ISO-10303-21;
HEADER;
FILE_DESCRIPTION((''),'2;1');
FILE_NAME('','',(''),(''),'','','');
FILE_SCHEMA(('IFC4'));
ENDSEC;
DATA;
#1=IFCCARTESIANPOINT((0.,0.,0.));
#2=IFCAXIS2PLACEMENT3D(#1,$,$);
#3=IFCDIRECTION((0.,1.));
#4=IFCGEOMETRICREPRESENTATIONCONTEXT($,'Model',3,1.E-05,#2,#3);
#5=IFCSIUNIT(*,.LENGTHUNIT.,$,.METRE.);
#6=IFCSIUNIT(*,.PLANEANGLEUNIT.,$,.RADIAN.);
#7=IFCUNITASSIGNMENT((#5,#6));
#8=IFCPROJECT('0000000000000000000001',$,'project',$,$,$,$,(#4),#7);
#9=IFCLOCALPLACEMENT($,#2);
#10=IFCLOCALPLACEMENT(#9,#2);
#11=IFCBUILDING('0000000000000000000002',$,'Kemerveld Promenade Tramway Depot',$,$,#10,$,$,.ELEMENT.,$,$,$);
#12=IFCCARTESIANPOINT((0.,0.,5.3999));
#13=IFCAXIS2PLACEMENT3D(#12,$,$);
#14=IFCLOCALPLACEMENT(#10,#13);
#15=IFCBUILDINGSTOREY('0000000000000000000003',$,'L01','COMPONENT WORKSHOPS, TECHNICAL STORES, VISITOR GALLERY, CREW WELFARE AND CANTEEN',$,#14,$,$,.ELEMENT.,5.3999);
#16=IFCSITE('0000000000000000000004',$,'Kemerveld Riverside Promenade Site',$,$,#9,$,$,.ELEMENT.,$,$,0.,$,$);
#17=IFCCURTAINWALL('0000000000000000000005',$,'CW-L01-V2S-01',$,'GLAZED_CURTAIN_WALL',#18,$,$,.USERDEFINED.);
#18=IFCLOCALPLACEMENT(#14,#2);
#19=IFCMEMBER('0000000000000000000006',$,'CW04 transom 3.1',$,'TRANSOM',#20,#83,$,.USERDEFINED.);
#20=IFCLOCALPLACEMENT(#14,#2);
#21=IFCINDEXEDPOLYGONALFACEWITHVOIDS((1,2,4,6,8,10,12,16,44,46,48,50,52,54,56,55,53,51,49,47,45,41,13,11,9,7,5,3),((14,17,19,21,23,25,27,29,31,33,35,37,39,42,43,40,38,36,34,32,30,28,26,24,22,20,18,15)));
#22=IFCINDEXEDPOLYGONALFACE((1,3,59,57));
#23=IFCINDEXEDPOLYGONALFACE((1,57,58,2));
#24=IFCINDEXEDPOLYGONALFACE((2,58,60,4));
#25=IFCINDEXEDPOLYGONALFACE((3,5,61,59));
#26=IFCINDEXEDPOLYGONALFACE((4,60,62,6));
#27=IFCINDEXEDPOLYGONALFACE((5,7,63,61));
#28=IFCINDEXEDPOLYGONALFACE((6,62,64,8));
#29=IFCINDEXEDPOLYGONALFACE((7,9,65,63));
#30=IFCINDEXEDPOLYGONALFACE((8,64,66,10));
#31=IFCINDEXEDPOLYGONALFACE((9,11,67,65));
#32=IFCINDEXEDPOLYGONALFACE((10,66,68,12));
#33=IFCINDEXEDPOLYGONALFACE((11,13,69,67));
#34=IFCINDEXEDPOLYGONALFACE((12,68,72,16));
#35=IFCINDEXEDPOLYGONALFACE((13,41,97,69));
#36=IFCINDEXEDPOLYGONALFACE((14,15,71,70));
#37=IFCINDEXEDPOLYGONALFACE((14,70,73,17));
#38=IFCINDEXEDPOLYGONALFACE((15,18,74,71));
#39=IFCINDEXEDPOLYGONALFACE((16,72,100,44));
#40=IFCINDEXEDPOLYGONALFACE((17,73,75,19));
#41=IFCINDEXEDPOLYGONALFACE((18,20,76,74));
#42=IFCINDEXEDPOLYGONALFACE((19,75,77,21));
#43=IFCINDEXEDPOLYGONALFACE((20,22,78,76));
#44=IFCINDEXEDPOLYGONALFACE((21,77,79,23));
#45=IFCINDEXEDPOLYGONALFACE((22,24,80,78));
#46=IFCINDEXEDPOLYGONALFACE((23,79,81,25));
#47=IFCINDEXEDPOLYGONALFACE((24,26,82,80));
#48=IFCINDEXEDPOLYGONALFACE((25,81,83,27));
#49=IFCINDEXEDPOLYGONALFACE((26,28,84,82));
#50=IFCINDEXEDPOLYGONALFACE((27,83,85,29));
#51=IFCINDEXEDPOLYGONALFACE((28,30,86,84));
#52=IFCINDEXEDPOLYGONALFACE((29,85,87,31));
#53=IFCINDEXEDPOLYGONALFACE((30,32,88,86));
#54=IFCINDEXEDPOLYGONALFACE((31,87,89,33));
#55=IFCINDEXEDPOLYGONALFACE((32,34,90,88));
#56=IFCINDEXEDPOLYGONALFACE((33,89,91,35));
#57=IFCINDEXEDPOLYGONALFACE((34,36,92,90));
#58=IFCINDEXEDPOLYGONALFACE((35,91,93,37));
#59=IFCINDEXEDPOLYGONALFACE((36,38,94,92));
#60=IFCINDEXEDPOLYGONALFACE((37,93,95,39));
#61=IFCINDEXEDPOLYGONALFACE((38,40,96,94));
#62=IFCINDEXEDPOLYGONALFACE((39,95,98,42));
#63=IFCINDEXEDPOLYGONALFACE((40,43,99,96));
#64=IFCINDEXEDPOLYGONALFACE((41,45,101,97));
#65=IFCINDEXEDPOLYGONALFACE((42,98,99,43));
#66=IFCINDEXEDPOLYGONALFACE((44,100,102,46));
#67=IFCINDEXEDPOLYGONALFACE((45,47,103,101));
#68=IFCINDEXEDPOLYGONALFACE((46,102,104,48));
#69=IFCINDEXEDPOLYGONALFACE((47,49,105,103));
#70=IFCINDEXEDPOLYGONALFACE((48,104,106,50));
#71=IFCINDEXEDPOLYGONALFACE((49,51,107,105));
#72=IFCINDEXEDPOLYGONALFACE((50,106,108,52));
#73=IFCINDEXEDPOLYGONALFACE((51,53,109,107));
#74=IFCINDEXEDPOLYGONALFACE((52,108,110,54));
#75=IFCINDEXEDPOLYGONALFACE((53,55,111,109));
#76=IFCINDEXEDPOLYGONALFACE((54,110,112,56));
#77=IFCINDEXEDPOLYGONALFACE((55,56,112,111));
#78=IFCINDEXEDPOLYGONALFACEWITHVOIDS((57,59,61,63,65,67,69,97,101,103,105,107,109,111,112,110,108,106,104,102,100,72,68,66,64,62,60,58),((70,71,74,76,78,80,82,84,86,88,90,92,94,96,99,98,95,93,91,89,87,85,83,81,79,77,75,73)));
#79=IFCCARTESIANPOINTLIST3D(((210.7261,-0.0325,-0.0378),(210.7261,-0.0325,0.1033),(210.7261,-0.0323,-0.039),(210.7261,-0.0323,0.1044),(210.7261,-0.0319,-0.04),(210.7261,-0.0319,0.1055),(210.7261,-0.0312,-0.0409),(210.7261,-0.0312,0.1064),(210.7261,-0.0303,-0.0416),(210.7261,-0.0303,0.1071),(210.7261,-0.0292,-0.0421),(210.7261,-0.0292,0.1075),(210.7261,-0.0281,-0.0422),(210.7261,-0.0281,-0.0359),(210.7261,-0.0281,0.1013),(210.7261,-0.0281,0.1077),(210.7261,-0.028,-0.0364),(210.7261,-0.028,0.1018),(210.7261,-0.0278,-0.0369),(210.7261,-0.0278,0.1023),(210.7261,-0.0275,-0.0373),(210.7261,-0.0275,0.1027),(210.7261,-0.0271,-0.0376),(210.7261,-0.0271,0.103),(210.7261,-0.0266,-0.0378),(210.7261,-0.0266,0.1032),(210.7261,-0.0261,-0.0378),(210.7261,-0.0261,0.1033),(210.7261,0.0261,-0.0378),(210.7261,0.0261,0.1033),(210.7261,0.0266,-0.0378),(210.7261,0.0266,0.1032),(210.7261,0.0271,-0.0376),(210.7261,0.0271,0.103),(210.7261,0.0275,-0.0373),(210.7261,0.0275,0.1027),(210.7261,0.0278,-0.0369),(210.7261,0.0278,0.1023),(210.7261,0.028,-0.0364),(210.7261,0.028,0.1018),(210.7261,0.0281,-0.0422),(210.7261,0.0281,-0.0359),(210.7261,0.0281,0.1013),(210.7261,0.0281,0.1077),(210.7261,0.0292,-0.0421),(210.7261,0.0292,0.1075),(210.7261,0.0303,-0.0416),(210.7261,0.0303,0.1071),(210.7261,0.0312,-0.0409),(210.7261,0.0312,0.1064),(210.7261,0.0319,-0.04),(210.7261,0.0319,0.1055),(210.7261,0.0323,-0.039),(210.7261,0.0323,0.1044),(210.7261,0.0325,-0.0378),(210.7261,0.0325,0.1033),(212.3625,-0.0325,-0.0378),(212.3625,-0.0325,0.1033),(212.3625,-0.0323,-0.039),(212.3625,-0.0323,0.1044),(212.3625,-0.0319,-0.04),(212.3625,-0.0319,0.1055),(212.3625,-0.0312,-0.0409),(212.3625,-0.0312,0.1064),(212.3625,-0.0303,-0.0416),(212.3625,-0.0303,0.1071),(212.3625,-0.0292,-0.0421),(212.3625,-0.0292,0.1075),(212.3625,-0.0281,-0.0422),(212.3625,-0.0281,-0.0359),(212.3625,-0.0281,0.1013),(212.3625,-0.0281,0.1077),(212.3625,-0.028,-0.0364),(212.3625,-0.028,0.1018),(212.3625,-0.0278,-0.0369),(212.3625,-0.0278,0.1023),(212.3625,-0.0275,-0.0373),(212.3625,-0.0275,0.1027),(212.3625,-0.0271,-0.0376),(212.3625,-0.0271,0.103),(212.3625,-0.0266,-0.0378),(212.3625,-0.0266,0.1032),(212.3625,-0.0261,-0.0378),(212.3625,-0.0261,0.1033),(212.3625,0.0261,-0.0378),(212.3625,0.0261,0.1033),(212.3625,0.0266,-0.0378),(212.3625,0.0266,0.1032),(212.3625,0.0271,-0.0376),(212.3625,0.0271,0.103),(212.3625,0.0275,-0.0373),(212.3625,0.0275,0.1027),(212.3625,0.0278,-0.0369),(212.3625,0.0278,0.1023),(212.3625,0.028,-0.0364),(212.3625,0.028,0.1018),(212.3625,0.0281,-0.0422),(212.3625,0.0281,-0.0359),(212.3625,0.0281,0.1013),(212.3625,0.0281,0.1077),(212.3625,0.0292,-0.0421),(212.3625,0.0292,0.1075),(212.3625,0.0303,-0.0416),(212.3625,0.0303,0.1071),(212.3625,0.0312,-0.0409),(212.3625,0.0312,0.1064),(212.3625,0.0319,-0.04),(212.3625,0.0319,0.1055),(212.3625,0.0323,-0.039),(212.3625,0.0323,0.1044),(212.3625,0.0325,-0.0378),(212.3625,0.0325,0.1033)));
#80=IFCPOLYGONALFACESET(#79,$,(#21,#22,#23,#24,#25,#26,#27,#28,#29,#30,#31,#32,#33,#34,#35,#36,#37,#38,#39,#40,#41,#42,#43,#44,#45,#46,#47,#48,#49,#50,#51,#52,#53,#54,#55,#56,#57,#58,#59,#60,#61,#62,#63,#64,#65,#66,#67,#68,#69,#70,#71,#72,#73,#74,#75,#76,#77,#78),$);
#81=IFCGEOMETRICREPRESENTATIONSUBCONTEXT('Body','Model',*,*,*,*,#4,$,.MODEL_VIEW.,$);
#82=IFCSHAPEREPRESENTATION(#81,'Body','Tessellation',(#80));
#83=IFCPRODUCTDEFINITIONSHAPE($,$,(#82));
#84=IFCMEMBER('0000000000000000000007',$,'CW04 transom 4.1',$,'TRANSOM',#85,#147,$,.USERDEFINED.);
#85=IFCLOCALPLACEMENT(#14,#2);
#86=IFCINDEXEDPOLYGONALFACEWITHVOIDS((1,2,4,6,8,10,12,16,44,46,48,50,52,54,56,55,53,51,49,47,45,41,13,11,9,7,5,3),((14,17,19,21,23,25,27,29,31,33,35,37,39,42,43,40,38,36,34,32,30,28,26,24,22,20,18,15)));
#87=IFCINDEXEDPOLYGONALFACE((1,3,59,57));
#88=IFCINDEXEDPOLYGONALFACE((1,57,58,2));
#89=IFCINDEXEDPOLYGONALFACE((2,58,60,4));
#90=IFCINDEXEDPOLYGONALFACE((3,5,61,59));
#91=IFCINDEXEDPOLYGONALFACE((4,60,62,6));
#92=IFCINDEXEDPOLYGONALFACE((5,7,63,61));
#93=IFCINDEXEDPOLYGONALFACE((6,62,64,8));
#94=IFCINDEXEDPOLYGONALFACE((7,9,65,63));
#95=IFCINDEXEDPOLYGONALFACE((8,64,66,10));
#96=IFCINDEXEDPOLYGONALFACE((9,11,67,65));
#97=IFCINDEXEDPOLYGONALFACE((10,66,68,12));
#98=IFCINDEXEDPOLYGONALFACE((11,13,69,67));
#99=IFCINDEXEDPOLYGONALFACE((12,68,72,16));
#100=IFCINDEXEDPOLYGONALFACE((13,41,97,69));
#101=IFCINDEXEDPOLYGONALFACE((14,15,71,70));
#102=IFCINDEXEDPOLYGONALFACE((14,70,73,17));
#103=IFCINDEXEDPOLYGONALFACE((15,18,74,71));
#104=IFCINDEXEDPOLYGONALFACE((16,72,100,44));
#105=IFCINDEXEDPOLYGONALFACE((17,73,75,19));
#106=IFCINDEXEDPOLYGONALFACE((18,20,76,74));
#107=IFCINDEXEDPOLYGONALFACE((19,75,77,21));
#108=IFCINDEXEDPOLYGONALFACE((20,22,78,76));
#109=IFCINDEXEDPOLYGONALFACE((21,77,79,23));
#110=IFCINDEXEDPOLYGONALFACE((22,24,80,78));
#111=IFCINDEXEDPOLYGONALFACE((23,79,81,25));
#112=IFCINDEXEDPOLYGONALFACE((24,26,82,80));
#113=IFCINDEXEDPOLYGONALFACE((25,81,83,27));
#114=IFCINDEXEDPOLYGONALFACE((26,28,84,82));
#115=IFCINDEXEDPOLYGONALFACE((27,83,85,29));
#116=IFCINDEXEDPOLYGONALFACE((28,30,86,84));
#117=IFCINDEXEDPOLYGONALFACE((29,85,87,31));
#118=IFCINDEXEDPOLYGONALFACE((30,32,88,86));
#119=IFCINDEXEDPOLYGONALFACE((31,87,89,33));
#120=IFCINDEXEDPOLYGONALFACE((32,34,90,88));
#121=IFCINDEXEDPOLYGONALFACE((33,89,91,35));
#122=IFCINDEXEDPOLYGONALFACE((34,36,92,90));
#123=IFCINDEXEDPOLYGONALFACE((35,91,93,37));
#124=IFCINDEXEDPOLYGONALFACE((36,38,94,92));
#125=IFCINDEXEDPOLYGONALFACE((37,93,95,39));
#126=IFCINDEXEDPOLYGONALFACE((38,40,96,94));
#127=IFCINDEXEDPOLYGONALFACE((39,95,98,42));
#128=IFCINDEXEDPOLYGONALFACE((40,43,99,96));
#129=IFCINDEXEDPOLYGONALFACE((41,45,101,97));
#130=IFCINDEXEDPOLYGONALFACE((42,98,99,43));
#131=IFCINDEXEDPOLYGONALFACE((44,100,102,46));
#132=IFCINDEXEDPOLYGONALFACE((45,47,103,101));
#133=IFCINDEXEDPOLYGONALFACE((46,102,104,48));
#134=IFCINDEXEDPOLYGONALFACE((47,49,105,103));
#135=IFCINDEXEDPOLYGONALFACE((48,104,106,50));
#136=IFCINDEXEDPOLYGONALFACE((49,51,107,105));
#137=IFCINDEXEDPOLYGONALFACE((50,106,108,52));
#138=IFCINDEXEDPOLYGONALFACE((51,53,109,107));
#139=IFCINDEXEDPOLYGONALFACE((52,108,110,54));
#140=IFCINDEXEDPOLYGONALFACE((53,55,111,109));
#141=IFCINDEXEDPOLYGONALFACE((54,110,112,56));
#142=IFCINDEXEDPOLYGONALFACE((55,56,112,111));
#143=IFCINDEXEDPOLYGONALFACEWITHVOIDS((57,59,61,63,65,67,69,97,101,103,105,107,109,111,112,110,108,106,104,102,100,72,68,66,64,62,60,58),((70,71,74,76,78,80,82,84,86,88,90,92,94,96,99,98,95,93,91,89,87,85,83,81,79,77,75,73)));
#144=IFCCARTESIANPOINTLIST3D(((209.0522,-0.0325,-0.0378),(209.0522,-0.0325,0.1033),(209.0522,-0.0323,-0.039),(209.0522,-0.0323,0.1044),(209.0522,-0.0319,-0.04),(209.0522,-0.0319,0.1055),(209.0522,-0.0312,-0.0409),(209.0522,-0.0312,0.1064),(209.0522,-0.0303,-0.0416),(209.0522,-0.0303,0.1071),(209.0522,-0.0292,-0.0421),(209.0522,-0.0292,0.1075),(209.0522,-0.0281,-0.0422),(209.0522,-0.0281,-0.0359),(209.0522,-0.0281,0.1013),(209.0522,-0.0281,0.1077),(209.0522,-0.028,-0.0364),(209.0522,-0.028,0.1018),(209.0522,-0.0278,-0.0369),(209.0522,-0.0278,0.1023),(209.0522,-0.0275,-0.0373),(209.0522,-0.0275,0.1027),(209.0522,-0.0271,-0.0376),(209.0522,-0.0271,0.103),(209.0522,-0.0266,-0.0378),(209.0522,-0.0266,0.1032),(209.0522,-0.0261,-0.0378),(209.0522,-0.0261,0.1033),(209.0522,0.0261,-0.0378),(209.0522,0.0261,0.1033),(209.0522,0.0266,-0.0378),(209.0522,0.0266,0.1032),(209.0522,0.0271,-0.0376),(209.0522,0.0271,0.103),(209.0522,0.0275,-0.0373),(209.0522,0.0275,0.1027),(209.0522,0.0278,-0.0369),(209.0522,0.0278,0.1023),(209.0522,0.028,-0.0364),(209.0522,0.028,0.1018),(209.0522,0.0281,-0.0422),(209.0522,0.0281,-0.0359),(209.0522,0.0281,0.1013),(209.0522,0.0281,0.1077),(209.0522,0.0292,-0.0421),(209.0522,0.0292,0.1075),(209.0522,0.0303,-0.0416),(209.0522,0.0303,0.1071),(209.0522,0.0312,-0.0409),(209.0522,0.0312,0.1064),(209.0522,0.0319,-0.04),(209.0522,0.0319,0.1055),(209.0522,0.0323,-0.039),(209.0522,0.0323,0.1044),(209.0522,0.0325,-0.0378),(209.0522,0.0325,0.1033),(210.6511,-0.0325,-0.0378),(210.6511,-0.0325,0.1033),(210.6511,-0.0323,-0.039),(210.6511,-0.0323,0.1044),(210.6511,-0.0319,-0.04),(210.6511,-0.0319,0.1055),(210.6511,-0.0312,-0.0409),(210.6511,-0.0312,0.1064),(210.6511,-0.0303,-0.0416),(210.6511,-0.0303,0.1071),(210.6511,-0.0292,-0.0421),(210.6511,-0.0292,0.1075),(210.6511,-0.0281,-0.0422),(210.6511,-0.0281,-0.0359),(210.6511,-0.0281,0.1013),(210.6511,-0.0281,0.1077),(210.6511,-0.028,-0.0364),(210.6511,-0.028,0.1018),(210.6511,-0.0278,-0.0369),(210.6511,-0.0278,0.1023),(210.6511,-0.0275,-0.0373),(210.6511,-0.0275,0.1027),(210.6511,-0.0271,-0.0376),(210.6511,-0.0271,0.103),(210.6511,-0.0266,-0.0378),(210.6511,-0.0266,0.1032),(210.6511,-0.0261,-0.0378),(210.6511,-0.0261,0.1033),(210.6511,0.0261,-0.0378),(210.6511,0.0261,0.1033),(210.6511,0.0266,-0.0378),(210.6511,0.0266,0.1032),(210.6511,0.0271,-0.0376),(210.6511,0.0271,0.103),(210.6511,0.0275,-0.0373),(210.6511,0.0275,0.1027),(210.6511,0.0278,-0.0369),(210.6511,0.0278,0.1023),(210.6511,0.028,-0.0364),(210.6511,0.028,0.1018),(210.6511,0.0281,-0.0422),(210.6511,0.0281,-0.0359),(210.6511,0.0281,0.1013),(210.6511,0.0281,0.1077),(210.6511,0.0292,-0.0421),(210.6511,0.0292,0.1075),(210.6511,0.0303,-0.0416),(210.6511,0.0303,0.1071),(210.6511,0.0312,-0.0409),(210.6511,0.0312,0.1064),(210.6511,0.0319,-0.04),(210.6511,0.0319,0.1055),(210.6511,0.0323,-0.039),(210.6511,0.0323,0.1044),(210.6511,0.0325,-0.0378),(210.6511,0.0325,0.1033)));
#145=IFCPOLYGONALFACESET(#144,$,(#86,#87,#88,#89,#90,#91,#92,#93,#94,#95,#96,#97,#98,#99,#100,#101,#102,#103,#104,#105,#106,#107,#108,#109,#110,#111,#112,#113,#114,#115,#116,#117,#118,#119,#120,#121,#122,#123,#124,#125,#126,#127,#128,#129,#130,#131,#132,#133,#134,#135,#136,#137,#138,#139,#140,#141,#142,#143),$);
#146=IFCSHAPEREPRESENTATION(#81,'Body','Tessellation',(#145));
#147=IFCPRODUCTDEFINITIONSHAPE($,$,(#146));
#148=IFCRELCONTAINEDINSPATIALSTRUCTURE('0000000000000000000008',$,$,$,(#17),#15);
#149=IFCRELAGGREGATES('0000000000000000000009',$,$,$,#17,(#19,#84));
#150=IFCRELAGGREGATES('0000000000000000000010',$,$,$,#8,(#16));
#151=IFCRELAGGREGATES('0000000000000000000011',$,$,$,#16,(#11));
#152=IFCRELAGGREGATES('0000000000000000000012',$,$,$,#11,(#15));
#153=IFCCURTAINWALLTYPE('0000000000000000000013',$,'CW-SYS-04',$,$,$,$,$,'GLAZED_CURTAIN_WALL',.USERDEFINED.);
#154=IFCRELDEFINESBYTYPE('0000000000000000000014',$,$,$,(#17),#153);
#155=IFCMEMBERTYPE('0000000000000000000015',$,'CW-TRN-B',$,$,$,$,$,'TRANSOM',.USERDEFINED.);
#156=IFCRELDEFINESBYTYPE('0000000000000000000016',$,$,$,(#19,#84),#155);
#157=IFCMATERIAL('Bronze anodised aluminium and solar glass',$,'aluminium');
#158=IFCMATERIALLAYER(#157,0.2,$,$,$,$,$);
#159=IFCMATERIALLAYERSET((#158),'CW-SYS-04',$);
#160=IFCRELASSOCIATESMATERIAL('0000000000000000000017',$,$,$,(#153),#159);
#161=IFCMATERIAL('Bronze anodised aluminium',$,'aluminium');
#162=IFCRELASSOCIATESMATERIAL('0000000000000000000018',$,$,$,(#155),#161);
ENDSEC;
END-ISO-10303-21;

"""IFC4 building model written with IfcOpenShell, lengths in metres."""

from ifc_helpers import new_model, si_unit, direction, frame, origin, origin_2d, place, context, subcontext, project, spatial, hollow_rectangle, extrude, material, layer, layer_set, material_profile, profile_set, type_object, element, aggregate, save


model = new_model("IFC4")

# Units and contexts
model_context = context("Model", 3, precision=1e-05, world=origin(), true_north=direction((0.0, 1.0)))
body_context = subcontext(model_context, "Body", "Model", "MODEL_VIEW")
ifc_project = project(units=[si_unit("LENGTHUNIT", "METRE"), si_unit("PLANEANGLEUNIT", "RADIAN")], contexts=[model_context])

# Site, building, storey
site_placement = place(None, origin())
site = spatial("IfcSite", under=ifc_project, at=site_placement, Name="Kemerveld Riverside Promenade Site", CompositionType="ELEMENT", RefElevation=0.0)
building_placement = place(site_placement, origin())
building = spatial("IfcBuilding", under=site, at=building_placement, Name="Kemerveld Promenade Tramway Depot", CompositionType="ELEMENT")
storey_placement = place(building_placement, frame((0.0, 0.0, 5.3999)))
storey = spatial("IfcBuildingStorey", under=building, at=storey_placement, Name="L01", Description="COMPONENT WORKSHOPS, TECHNICAL STORES, VISITOR GALLERY, CREW WELFARE AND CANTEEN", CompositionType="ELEMENT", Elevation=5.3999)

# Curtain wall, members
ifc_material_1 = material(Name="Bronze anodised aluminium and solar glass", Category="aluminium")
ifc_layer_1 = layer(ifc_material_1, 0.2)
ifc_layer_set_1 = layer_set([ifc_layer_1], Name="CW-SYS-04")
curtain_wall_type = type_object("IfcCurtainWallType", Name="CW-SYS-04", ElementType="GLAZED_CURTAIN_WALL", PredefinedType="USERDEFINED", material=ifc_layer_set_1)
curtain_wall_placement = place(storey_placement, origin())
curtain_wall = element("IfcCurtainWall", 1, at=curtain_wall_placement, inside=storey, type_object=curtain_wall_type, Name="CW-L01-V2S-01", ObjectType="GLAZED_CURTAIN_WALL", PredefinedType="USERDEFINED")
ifc_material_2 = material(Name="Bronze anodised aluminium", Category="aluminium")
ifc_material_profile_1 = material_profile(ifc_material_2, hollow_rectangle(XDim=0.0649, YDim=0.1499, WallThickness=0.0044, InnerFilletRadius=0.002, OuterFilletRadius=0.0044, at=origin_2d()), Name="CW-TRN-150x65")
ifc_profile_set_1 = profile_set([ifc_material_profile_1], Name="Bronze anodised aluminium")
member_type_1 = type_object("IfcMemberType", Name="CW-TRN-B", ElementType="TRANSOM", PredefinedType="USERDEFINED", material=ifc_profile_set_1)
member_1_placement = place(storey_placement, frame((212.3625, 0.0, 0.0327), z_axis=(-1.0, 0.0, 0.0), x_axis=(0.0, -1.0, 0.0)))
member_1 = element("IfcMember", 2, at=member_1_placement, type_object=member_type_1, Name="CW04 transom 3.1", ObjectType="TRANSOM", PredefinedType="USERDEFINED", context=body_context, shape_type="SweptSolid", body=[
    extrude(hollow_rectangle(XDim=0.0649, YDim=0.1499, WallThickness=0.0044, InnerFilletRadius=0.002, OuterFilletRadius=0.0044, at=origin_2d()), origin(), (0.0, 0.0, 1.0), 1.6365),
])
member_2_placement = place(storey_placement, frame((210.6511, 0.0, 0.0327), z_axis=(-1.0, 0.0, 0.0), x_axis=(0.0, -1.0, 0.0)))
member_2 = element("IfcMember", 3, at=member_2_placement, type_object=member_type_1, Name="CW04 transom 4.1", ObjectType="TRANSOM", PredefinedType="USERDEFINED", context=body_context, shape_type="SweptSolid", body=[
    extrude(hollow_rectangle(XDim=0.0649, YDim=0.1499, WallThickness=0.0044, InnerFilletRadius=0.002, OuterFilletRadius=0.0044, at=origin_2d()), origin(), (0.0, 0.0, 1.0), 1.5989),
])
aggregate(curtain_wall, [member_1, member_2])

save(model, "model.ifc")
